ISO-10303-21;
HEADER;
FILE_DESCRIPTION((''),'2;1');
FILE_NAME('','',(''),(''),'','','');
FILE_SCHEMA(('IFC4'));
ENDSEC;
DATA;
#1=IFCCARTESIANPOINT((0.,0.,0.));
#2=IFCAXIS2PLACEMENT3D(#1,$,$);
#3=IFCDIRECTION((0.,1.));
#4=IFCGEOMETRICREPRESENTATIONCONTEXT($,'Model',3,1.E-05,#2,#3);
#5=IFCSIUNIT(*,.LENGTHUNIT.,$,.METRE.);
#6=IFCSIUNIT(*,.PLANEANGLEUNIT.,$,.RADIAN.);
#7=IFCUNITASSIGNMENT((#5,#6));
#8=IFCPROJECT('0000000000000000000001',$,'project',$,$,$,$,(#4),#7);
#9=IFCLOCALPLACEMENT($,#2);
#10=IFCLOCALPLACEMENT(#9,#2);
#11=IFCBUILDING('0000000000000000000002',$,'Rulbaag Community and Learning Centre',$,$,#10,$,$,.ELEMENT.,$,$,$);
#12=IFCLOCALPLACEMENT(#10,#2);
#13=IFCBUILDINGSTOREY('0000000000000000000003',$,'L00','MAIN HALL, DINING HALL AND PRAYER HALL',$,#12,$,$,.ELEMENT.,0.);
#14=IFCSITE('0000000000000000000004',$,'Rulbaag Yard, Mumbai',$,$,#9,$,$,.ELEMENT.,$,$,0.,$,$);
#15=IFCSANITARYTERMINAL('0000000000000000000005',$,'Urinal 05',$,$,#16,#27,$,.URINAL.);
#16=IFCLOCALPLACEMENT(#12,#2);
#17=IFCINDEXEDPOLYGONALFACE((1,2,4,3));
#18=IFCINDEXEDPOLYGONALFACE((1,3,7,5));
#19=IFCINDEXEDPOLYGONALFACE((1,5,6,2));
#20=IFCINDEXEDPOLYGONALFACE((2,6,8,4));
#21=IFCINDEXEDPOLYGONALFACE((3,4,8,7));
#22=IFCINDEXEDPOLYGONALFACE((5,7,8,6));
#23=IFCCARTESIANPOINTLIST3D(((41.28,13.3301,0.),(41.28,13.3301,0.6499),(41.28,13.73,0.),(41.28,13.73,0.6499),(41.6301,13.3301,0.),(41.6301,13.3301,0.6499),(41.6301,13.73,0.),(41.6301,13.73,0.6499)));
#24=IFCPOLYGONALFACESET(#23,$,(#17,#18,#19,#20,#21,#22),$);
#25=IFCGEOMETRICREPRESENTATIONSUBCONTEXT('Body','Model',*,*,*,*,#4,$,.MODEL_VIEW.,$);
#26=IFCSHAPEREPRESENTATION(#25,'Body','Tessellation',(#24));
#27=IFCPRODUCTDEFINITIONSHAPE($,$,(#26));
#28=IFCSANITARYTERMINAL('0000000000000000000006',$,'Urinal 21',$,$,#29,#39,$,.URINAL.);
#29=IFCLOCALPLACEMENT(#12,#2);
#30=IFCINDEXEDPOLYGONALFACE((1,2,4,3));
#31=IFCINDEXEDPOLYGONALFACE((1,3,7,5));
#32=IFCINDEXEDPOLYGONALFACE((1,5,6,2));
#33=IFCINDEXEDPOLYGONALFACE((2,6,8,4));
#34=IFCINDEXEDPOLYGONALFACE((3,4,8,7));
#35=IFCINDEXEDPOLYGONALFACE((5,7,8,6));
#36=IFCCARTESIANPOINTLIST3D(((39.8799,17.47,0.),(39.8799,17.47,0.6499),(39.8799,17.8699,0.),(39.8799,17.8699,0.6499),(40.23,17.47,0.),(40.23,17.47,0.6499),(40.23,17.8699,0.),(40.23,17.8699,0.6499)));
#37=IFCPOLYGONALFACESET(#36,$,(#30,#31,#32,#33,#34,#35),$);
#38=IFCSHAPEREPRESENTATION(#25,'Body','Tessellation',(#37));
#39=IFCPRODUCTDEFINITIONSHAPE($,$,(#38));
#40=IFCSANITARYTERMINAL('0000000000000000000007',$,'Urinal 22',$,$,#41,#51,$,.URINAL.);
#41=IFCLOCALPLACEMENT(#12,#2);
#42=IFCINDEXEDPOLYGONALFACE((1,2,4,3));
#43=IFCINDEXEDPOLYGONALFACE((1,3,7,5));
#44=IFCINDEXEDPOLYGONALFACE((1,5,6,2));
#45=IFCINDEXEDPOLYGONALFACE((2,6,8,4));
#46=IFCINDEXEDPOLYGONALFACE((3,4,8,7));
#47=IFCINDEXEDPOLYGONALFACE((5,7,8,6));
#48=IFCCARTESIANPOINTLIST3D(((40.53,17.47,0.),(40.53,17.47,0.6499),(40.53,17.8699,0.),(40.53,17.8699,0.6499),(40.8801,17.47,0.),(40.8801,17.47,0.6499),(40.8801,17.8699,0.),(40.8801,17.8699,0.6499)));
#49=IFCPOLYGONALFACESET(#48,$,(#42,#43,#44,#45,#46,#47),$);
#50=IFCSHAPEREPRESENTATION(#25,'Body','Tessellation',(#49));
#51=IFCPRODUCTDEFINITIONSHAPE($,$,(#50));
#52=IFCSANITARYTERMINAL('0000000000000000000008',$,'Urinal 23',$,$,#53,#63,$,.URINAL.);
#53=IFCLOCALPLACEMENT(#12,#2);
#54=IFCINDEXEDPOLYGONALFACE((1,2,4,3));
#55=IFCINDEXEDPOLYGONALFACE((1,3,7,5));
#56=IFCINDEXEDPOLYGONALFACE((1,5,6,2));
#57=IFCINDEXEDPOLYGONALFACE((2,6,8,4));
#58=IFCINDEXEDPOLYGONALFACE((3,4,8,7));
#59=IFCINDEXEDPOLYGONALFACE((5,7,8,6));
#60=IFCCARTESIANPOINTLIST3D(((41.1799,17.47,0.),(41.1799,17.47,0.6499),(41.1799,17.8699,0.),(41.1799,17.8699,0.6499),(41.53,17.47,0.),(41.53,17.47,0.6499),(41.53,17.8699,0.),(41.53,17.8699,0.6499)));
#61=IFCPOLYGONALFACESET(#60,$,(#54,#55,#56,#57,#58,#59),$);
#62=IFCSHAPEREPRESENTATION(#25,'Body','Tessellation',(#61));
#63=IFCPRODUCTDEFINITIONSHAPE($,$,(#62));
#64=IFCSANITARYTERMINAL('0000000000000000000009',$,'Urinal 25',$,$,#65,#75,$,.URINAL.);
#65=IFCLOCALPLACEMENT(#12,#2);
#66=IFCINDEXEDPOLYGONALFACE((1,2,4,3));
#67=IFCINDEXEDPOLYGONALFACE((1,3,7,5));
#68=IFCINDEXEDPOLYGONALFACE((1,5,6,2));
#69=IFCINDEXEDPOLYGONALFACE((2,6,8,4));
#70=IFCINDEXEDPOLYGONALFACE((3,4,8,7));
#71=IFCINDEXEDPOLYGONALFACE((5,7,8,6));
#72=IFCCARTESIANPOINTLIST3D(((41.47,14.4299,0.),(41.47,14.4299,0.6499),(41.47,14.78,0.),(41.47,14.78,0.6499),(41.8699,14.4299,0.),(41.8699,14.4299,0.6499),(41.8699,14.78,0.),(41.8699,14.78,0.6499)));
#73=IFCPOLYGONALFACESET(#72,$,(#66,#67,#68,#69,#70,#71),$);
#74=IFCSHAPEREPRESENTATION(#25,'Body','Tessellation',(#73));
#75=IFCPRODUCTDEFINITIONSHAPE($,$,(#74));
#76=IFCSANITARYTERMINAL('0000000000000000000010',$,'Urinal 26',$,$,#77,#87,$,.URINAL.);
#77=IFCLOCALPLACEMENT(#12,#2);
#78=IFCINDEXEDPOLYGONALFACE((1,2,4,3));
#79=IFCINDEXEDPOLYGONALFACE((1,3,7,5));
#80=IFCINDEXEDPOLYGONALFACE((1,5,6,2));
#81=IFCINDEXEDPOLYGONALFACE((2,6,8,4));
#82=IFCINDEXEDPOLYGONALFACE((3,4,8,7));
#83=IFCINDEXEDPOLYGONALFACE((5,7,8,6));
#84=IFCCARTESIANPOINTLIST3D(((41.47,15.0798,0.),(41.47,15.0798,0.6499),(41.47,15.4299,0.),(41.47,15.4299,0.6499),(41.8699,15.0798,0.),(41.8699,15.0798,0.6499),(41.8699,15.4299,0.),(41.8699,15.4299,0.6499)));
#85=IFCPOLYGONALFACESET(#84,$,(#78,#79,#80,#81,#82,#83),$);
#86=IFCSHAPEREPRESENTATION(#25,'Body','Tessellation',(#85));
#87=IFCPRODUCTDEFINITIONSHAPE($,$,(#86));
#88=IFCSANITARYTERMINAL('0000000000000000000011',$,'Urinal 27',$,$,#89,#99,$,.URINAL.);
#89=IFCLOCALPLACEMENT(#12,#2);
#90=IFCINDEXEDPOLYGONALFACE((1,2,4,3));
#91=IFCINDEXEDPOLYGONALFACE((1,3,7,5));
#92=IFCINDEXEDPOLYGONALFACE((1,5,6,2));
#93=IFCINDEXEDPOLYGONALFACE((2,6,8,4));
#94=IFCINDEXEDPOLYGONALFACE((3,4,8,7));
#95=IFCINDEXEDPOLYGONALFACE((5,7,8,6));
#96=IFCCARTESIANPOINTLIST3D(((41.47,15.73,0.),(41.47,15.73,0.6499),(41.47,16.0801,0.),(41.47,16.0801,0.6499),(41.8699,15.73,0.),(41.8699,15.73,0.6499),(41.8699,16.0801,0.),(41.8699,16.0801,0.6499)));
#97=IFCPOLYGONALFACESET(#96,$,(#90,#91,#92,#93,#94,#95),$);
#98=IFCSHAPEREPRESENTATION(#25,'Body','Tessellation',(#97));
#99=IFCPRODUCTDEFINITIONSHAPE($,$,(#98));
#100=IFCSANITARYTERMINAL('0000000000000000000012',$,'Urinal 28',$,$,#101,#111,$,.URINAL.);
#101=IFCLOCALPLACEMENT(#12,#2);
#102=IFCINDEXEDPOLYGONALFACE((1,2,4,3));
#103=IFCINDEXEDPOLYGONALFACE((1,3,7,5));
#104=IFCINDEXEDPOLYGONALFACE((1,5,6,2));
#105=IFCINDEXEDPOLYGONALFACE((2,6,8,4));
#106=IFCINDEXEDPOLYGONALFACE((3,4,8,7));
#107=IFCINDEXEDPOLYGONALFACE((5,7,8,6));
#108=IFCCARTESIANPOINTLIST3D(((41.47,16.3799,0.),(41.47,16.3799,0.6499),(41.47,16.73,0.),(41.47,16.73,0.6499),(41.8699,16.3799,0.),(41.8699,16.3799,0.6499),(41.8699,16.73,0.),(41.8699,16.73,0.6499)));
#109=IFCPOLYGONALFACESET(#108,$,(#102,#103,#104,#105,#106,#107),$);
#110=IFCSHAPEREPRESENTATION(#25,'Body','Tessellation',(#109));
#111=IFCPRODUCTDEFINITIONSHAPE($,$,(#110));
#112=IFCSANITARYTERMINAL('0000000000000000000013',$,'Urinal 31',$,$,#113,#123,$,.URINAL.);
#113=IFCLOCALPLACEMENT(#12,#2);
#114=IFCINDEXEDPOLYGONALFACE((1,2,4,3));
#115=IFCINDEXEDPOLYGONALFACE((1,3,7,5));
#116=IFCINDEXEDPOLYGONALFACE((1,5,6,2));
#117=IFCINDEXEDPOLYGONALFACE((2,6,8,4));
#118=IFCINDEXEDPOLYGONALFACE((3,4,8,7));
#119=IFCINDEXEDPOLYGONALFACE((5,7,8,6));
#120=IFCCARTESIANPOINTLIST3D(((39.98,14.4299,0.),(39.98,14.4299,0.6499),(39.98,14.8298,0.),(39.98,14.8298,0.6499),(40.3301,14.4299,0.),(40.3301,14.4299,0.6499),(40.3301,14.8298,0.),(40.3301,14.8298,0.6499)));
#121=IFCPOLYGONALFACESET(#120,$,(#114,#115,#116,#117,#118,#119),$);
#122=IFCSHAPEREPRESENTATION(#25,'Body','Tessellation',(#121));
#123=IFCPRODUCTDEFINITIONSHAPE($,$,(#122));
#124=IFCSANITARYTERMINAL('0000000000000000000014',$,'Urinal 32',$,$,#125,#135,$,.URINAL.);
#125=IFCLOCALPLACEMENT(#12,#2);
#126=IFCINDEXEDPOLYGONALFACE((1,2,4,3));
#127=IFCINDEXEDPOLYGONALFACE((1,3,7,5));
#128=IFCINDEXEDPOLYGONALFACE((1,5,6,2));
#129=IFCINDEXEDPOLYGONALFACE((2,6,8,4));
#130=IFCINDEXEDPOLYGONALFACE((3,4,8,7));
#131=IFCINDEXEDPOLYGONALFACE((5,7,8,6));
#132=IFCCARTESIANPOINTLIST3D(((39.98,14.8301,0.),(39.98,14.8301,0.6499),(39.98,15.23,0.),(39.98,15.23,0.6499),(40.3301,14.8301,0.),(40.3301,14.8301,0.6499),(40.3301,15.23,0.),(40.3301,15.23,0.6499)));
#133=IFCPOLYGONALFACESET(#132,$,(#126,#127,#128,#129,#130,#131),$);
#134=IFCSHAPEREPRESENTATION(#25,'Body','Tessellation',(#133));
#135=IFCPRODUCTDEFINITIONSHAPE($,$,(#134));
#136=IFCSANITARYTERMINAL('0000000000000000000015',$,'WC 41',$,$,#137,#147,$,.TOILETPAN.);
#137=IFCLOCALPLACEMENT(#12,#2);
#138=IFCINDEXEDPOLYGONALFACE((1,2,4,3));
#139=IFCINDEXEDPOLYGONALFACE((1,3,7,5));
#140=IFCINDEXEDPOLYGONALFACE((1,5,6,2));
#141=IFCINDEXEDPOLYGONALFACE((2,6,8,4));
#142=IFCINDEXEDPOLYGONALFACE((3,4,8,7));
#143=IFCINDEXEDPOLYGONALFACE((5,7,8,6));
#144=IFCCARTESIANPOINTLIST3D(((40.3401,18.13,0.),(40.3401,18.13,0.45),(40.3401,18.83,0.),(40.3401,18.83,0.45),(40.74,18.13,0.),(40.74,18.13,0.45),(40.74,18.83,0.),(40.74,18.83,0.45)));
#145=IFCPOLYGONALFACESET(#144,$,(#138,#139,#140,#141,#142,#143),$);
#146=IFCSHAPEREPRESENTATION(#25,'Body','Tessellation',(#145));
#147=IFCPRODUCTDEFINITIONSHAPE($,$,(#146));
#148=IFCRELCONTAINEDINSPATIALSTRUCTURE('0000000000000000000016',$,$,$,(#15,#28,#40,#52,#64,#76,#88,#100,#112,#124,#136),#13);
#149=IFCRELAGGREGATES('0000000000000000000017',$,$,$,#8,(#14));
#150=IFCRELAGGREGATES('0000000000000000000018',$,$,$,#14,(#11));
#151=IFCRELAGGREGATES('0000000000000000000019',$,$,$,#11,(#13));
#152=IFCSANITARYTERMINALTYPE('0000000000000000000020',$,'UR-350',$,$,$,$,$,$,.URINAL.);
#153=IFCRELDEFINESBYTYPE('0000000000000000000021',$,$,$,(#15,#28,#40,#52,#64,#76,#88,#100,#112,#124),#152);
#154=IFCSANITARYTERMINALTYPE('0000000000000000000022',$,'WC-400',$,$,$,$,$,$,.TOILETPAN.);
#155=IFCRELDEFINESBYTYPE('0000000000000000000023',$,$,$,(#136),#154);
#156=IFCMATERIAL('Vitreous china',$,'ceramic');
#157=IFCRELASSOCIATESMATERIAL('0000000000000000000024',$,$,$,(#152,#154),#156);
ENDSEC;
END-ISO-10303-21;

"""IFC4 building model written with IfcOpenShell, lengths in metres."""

from ifc_helpers import new_model, si_unit, direction, frame, origin, origin_2d, place, context, subcontext, project, spatial, rectangle, extrude, material, type_object, element, save


model = new_model("IFC4")

# Units and contexts
model_context = context("Model", 3, precision=1e-05, world=origin(), true_north=direction((0.0, 1.0)))
body_context = subcontext(model_context, "Body", "Model", "MODEL_VIEW")
ifc_project = project(units=[si_unit("LENGTHUNIT", "METRE"), si_unit("PLANEANGLEUNIT", "RADIAN")], contexts=[model_context])

# Site, building, storey
site_placement = place(None, origin())
site = spatial("IfcSite", under=ifc_project, at=site_placement, Name="Rulbaag Yard, Mumbai", CompositionType="ELEMENT", RefElevation=0.0)
building_placement = place(site_placement, origin())
building = spatial("IfcBuilding", under=site, at=building_placement, Name="Rulbaag Community and Learning Centre", CompositionType="ELEMENT")
storey_placement = place(building_placement, origin())
storey = spatial("IfcBuildingStorey", under=building, at=storey_placement, Name="L00", Description="MAIN HALL, DINING HALL AND PRAYER HALL", CompositionType="ELEMENT", Elevation=0.0)

# Sanitary terminals
ifc_material_1 = material(Name="Vitreous china", Category="ceramic")
sanitary_terminal_type_1 = type_object("IfcSanitaryTerminalType", Name="UR-350", PredefinedType="URINAL", material=ifc_material_1)
for number, where, z_axis, x_axis, name in (
    (1, (41.4551, 13.53, 0.0), (0.0, 0.0, 1.0), (1.0, 0.0, 0.0), "Urinal 05"),
    (2, (40.0549, 17.6699, 0.0), (0.0, 0.0, 1.0), (1.0, 0.0, 0.0), "Urinal 21"),
    (3, (40.7051, 17.6699, 0.0), (0.0, 0.0, 1.0), (1.0, 0.0, 0.0), "Urinal 22"),
    (4, (41.355, 17.6699, 0.0), (0.0, 0.0, 1.0), (1.0, 0.0, 0.0), "Urinal 23"),
):
    element("IfcSanitaryTerminal", number, at=place(storey_placement, frame(where, z_axis=z_axis, x_axis=x_axis)), inside=storey, type_object=sanitary_terminal_type_1, Name=name, PredefinedType="URINAL", context=body_context, shape_type="SweptSolid", body=[
        extrude(rectangle(XDim=0.3501, YDim=0.3999, at=origin_2d()), origin(), (0.0, 0.0, 1.0), 0.6499),
    ])
for number, where, z_axis, x_axis, name in (
    (5, (41.6699, 14.605, 0.0), (0.0, 0.0, 1.0), (1.0, 0.0, 0.0), "Urinal 25"),
    (6, (41.6699, 15.2549, 0.0), (0.0, 0.0, 1.0), (1.0, 0.0, 0.0), "Urinal 26"),
    (7, (41.6699, 15.905, 0.0), (0.0, 0.0, 1.0), (1.0, 0.0, 0.0), "Urinal 27"),
    (8, (41.6699, 16.5549, 0.0), (0.0, 0.0, 1.0), (1.0, 0.0, 0.0), "Urinal 28"),
):
    element("IfcSanitaryTerminal", number, at=place(storey_placement, frame(where, z_axis=z_axis, x_axis=x_axis)), inside=storey, type_object=sanitary_terminal_type_1, Name=name, PredefinedType="URINAL", context=body_context, shape_type="SweptSolid", body=[
        extrude(rectangle(XDim=0.3999, YDim=0.3501, at=origin_2d()), origin(), (0.0, 0.0, 1.0), 0.6499),
    ])
for number, where, z_axis, x_axis, name in (
    (9, (40.155, 14.6299, 0.0), (0.0, 0.0, 1.0), (1.0, 0.0, 0.0), "Urinal 31"),
    (10, (40.155, 15.03, 0.0), (0.0, 0.0, 1.0), (1.0, 0.0, 0.0), "Urinal 32"),
):
    element("IfcSanitaryTerminal", number, at=place(storey_placement, frame(where, z_axis=z_axis, x_axis=x_axis)), inside=storey, type_object=sanitary_terminal_type_1, Name=name, PredefinedType="URINAL", context=body_context, shape_type="SweptSolid", body=[
        extrude(rectangle(XDim=0.3501, YDim=0.3999, at=origin_2d()), origin(), (0.0, 0.0, 1.0), 0.6499),
    ])
sanitary_terminal_type_2 = type_object("IfcSanitaryTerminalType", Name="WC-400", PredefinedType="TOILETPAN", material=ifc_material_1)
sanitary_terminal_1_placement = place(storey_placement, frame((40.54, 18.48, 0.0), z_axis=(0.0, 0.0, 1.0), x_axis=(1.0, 0.0, 0.0)))
element("IfcSanitaryTerminal", 11, at=sanitary_terminal_1_placement, inside=storey, type_object=sanitary_terminal_type_2, Name="WC 41", PredefinedType="TOILETPAN", context=body_context, shape_type="SweptSolid", body=[
    extrude(rectangle(XDim=0.3999, YDim=0.7, at=origin_2d()), origin(), (0.0, 0.0, 1.0), 0.45),
])

save(model, "model.ifc")
